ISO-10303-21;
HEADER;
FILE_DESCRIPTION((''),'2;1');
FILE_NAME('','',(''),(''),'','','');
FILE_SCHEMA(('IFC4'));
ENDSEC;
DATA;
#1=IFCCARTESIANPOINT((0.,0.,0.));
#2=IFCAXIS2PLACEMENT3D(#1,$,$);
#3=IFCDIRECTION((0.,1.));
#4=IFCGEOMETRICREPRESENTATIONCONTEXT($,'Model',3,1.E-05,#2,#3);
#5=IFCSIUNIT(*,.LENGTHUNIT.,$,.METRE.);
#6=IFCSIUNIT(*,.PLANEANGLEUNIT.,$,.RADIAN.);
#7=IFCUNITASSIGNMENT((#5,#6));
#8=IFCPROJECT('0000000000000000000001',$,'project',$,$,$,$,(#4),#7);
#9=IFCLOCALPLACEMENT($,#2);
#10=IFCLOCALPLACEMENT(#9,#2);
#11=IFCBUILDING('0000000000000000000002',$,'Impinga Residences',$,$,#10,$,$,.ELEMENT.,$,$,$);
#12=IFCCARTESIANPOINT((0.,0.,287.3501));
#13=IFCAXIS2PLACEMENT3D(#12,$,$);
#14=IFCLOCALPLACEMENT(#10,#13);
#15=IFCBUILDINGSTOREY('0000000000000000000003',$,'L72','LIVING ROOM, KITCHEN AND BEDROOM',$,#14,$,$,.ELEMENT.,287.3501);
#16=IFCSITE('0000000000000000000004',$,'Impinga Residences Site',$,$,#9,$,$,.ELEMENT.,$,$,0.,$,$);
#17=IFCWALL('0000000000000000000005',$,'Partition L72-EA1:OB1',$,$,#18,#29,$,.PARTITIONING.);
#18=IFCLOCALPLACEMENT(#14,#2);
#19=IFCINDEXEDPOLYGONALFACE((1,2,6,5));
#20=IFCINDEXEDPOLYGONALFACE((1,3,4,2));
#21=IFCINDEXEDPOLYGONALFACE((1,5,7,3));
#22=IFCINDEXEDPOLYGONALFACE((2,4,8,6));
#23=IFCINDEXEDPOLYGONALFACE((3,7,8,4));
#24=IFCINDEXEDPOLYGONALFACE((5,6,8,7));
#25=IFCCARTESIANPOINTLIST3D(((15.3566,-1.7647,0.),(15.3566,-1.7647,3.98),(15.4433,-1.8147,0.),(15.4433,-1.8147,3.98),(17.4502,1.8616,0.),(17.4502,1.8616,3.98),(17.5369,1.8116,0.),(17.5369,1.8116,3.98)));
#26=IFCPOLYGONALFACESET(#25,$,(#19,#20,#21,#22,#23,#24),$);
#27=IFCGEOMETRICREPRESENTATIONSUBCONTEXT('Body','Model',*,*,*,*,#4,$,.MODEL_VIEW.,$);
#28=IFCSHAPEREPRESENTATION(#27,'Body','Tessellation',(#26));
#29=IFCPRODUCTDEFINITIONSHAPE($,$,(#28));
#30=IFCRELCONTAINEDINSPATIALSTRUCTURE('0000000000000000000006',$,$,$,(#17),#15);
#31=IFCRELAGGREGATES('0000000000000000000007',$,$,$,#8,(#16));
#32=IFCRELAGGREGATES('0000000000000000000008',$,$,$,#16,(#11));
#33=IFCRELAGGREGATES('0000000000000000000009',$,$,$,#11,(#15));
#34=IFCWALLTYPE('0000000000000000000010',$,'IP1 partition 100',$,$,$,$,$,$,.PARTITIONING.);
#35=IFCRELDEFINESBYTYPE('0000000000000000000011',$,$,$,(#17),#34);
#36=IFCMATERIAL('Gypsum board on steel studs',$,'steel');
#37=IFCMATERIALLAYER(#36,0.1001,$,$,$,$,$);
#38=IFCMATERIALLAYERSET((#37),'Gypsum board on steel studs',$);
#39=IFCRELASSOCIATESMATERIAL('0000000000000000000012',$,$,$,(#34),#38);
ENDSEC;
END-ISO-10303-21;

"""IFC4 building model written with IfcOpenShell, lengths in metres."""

from ifc_helpers import new_model, si_unit, direction, frame, frame_2d, origin, place, context, subcontext, project, spatial, rectangle, extrude, material, layer, layer_set, type_object, element, save


model = new_model("IFC4")

# Units and contexts
model_context = context("Model", 3, precision=1e-05, world=origin(), true_north=direction((0.0, 1.0)))
body_context = subcontext(model_context, "Body", "Model", "MODEL_VIEW")
ifc_project = project(units=[si_unit("LENGTHUNIT", "METRE"), si_unit("PLANEANGLEUNIT", "RADIAN")], contexts=[model_context])

# Site, building, storey
site_placement = place(None, origin())
site = spatial("IfcSite", under=ifc_project, at=site_placement, Name="Impinga Residences Site", CompositionType="ELEMENT", RefElevation=0.0)
building_placement = place(site_placement, origin())
building = spatial("IfcBuilding", under=site, at=building_placement, Name="Impinga Residences", CompositionType="ELEMENT")
storey_placement = place(building_placement, frame((0.0, 0.0, 287.3501)))
storey = spatial("IfcBuildingStorey", under=building, at=storey_placement, Name="L72", Description="LIVING ROOM, KITCHEN AND BEDROOM", CompositionType="ELEMENT", Elevation=287.3501)

# Wall
ifc_material_1 = material(Name="Gypsum board on steel studs", Category="steel")
ifc_layer_1 = layer(ifc_material_1, 0.1001)
ifc_layer_set_1 = layer_set([ifc_layer_1], Name="Gypsum board on steel studs")
wall_type_1 = type_object("IfcWallType", Name="IP1 partition 100", PredefinedType="PARTITIONING", material=ifc_layer_set_1)
wall_1_placement = place(storey_placement, frame((15.3999, -1.7898, 0.0), z_axis=(0.0, 0.0, 1.0), x_axis=(0.499983, 0.866035, 0.0)))
element("IfcWall", 1, at=wall_1_placement, inside=storey, type_object=wall_type_1, Name="Partition L72-EA1:OB1", PredefinedType="PARTITIONING", context=body_context, shape_type="SweptSolid", body=[
    extrude(rectangle(XDim=4.1873, YDim=0.1001, at=frame_2d((2.0938, 0.0))), origin(), (0.0, 0.0, 1.0), 3.98),
])

save(model, "model.ifc")
